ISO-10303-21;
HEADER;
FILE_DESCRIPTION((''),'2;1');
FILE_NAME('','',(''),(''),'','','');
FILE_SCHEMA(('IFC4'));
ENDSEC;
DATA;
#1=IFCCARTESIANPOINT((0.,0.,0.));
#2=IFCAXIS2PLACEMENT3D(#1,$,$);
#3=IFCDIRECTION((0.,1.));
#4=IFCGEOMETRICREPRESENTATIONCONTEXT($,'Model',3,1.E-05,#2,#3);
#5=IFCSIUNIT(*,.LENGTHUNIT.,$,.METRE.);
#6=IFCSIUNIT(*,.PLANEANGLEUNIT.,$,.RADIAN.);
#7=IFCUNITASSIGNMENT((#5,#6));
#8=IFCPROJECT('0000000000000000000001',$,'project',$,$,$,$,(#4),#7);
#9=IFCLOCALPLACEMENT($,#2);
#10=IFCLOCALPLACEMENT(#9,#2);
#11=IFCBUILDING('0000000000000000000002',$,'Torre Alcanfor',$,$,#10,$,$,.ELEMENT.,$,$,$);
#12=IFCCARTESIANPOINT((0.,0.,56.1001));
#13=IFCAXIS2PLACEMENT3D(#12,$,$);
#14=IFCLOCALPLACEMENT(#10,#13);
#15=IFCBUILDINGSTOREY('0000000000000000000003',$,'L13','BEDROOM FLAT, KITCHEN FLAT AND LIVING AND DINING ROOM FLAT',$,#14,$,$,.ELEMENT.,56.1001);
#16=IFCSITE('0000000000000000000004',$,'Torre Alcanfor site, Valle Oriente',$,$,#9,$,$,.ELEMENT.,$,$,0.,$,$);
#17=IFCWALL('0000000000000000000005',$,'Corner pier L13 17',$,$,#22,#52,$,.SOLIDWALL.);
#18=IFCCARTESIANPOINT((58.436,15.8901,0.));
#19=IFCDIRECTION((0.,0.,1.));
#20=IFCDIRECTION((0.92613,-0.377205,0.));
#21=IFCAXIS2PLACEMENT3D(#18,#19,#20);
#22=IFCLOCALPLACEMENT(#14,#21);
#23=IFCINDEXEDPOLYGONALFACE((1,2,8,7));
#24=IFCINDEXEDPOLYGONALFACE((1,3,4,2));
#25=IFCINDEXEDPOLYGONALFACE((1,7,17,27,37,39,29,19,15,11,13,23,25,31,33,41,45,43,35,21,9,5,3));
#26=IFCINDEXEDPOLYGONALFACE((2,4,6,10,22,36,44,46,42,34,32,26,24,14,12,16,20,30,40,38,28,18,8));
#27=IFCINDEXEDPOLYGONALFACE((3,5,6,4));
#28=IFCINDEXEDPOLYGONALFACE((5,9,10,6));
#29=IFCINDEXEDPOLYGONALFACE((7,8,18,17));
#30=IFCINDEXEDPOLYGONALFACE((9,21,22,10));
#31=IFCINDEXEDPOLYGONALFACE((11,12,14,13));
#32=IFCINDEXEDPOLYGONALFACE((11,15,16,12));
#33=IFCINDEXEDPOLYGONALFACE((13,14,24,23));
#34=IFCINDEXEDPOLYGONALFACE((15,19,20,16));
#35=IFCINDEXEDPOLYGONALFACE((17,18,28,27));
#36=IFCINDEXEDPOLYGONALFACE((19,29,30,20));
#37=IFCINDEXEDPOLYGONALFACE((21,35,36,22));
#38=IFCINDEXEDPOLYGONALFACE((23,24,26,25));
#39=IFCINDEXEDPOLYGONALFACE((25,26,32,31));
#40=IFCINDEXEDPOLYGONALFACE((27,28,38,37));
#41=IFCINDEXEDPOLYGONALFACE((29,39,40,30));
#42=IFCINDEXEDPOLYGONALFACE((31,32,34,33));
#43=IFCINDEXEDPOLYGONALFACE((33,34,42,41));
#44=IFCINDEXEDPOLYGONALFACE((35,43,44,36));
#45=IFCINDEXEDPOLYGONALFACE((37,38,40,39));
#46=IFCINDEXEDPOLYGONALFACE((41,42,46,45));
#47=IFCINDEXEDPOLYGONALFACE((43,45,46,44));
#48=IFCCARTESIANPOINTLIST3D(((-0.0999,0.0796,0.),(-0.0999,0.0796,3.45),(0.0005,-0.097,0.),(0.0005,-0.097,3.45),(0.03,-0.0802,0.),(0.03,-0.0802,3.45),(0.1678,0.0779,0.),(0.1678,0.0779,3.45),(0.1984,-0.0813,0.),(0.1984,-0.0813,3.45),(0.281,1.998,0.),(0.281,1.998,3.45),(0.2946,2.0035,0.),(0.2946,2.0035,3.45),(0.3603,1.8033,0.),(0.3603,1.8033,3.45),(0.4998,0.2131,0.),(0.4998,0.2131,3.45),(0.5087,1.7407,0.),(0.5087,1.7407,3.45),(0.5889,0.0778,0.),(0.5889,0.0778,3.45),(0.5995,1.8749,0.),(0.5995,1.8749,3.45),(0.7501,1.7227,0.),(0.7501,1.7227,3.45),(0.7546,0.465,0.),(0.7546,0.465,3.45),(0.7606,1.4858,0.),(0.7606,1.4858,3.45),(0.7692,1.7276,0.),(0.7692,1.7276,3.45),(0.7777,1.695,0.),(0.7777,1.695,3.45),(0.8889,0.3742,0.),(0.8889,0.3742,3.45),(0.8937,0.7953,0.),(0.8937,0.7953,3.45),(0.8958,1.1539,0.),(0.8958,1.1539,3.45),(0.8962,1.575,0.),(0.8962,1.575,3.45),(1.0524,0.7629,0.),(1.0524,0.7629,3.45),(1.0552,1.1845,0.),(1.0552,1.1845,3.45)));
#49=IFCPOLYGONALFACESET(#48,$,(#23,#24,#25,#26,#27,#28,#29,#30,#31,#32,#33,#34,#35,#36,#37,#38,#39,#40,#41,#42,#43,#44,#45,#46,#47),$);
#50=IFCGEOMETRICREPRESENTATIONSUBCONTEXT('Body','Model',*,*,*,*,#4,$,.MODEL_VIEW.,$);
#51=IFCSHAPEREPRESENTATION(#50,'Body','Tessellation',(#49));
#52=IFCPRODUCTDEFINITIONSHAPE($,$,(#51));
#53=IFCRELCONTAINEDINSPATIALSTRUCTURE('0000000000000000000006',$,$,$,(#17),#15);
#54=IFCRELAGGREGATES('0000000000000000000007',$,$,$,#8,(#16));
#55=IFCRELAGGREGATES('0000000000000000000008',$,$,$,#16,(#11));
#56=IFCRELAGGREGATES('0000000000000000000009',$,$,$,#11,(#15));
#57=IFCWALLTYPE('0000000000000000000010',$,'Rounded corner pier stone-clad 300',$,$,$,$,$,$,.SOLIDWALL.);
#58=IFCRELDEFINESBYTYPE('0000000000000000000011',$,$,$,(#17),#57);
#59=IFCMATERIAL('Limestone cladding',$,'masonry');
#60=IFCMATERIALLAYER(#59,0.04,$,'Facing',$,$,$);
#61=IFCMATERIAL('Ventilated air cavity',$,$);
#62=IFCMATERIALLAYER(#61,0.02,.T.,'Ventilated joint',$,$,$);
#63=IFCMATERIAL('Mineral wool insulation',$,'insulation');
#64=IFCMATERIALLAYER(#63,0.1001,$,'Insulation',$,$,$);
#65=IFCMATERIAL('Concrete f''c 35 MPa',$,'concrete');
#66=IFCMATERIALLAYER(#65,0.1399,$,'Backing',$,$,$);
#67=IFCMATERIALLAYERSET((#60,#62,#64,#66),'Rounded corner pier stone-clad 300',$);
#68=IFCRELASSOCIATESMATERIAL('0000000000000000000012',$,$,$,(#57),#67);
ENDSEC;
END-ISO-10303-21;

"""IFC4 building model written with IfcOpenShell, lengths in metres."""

from ifc_helpers import new_model, si_unit, direction, frame, origin, place, context, subcontext, project, spatial, polyline, outline, extrude, material, layer, layer_set, type_object, element, save


model = new_model("IFC4")

# Units and contexts
model_context = context("Model", 3, precision=1e-05, world=origin(), true_north=direction((0.0, 1.0)))
body_context = subcontext(model_context, "Body", "Model", "MODEL_VIEW")
ifc_project = project(units=[si_unit("LENGTHUNIT", "METRE"), si_unit("PLANEANGLEUNIT", "RADIAN")], contexts=[model_context])

# Site, building, storey
site_placement = place(None, origin())
site = spatial("IfcSite", under=ifc_project, at=site_placement, Name="Torre Alcanfor site, Valle Oriente", CompositionType="ELEMENT", RefElevation=0.0)
building_placement = place(site_placement, origin())
building = spatial("IfcBuilding", under=site, at=building_placement, Name="Torre Alcanfor", CompositionType="ELEMENT")
storey_placement = place(building_placement, frame((0.0, 0.0, 56.1001)))
storey = spatial("IfcBuildingStorey", under=building, at=storey_placement, Name="L13", Description="BEDROOM FLAT, KITCHEN FLAT AND LIVING AND DINING ROOM FLAT", CompositionType="ELEMENT", Elevation=56.1001)

# Shared definitions
ifc_material_1 = material(Name="Limestone cladding", Category="masonry")
ifc_material_2 = material(Name="Ventilated air cavity")
ifc_material_3 = material(Name="Mineral wool insulation", Category="insulation")
ifc_material_4 = material(Name="Concrete f'c 35 MPa", Category="concrete")

# Wall
ifc_layer_1 = layer(ifc_material_1, 0.04, Name="Facing")
ifc_layer_2 = layer(ifc_material_2, 0.02, ventilated=True, Name="Ventilated joint")
ifc_layer_3 = layer(ifc_material_3, 0.1001, Name="Insulation")
ifc_layer_4 = layer(ifc_material_4, 0.1399, Name="Backing")
ifc_layer_set_1 = layer_set([ifc_layer_1, ifc_layer_2, ifc_layer_3, ifc_layer_4], Name="Rounded corner pier stone-clad 300")
wall_type_1 = type_object("IfcWallType", Name="Rounded corner pier stone-clad 300", PredefinedType="SOLIDWALL", material=ifc_layer_set_1)
wall_1_placement = place(storey_placement, frame((58.436, 15.8901, 0.0), z_axis=(0.0, 0.0, 1.0), x_axis=(0.92613, -0.377205, 0.0)))
element("IfcWall", 1, at=wall_1_placement, inside=storey, type_object=wall_type_1, Name="Corner pier L13 17", PredefinedType="SOLIDWALL", context=body_context, shape_type="SweptSolid", body=[
    extrude(outline(polyline([(0.7692, 1.7276), (0.7501, 1.7227), (0.5995, 1.8749), (0.2946, 2.0035), (0.281, 1.998), (0.3603, 1.8033), (0.5087, 1.7407), (0.7606, 1.4858), (0.8958, 1.1539), (0.8937, 0.7953), (0.7546, 0.465), (0.4998, 0.2131), (0.1678, 0.0779), (-0.0999, 0.0796), (0.0005, -0.097), (0.03, -0.0802), (0.1984, -0.0813), (0.5889, 0.0778), (0.8889, 0.3742), (1.0524, 0.7629), (1.0552, 1.1845), (0.8962, 1.575), (0.7777, 1.695), (0.7692, 1.7276)])), origin(), (0.0, 0.0, 1.0), 3.45),
])

save(model, "model.ifc")
